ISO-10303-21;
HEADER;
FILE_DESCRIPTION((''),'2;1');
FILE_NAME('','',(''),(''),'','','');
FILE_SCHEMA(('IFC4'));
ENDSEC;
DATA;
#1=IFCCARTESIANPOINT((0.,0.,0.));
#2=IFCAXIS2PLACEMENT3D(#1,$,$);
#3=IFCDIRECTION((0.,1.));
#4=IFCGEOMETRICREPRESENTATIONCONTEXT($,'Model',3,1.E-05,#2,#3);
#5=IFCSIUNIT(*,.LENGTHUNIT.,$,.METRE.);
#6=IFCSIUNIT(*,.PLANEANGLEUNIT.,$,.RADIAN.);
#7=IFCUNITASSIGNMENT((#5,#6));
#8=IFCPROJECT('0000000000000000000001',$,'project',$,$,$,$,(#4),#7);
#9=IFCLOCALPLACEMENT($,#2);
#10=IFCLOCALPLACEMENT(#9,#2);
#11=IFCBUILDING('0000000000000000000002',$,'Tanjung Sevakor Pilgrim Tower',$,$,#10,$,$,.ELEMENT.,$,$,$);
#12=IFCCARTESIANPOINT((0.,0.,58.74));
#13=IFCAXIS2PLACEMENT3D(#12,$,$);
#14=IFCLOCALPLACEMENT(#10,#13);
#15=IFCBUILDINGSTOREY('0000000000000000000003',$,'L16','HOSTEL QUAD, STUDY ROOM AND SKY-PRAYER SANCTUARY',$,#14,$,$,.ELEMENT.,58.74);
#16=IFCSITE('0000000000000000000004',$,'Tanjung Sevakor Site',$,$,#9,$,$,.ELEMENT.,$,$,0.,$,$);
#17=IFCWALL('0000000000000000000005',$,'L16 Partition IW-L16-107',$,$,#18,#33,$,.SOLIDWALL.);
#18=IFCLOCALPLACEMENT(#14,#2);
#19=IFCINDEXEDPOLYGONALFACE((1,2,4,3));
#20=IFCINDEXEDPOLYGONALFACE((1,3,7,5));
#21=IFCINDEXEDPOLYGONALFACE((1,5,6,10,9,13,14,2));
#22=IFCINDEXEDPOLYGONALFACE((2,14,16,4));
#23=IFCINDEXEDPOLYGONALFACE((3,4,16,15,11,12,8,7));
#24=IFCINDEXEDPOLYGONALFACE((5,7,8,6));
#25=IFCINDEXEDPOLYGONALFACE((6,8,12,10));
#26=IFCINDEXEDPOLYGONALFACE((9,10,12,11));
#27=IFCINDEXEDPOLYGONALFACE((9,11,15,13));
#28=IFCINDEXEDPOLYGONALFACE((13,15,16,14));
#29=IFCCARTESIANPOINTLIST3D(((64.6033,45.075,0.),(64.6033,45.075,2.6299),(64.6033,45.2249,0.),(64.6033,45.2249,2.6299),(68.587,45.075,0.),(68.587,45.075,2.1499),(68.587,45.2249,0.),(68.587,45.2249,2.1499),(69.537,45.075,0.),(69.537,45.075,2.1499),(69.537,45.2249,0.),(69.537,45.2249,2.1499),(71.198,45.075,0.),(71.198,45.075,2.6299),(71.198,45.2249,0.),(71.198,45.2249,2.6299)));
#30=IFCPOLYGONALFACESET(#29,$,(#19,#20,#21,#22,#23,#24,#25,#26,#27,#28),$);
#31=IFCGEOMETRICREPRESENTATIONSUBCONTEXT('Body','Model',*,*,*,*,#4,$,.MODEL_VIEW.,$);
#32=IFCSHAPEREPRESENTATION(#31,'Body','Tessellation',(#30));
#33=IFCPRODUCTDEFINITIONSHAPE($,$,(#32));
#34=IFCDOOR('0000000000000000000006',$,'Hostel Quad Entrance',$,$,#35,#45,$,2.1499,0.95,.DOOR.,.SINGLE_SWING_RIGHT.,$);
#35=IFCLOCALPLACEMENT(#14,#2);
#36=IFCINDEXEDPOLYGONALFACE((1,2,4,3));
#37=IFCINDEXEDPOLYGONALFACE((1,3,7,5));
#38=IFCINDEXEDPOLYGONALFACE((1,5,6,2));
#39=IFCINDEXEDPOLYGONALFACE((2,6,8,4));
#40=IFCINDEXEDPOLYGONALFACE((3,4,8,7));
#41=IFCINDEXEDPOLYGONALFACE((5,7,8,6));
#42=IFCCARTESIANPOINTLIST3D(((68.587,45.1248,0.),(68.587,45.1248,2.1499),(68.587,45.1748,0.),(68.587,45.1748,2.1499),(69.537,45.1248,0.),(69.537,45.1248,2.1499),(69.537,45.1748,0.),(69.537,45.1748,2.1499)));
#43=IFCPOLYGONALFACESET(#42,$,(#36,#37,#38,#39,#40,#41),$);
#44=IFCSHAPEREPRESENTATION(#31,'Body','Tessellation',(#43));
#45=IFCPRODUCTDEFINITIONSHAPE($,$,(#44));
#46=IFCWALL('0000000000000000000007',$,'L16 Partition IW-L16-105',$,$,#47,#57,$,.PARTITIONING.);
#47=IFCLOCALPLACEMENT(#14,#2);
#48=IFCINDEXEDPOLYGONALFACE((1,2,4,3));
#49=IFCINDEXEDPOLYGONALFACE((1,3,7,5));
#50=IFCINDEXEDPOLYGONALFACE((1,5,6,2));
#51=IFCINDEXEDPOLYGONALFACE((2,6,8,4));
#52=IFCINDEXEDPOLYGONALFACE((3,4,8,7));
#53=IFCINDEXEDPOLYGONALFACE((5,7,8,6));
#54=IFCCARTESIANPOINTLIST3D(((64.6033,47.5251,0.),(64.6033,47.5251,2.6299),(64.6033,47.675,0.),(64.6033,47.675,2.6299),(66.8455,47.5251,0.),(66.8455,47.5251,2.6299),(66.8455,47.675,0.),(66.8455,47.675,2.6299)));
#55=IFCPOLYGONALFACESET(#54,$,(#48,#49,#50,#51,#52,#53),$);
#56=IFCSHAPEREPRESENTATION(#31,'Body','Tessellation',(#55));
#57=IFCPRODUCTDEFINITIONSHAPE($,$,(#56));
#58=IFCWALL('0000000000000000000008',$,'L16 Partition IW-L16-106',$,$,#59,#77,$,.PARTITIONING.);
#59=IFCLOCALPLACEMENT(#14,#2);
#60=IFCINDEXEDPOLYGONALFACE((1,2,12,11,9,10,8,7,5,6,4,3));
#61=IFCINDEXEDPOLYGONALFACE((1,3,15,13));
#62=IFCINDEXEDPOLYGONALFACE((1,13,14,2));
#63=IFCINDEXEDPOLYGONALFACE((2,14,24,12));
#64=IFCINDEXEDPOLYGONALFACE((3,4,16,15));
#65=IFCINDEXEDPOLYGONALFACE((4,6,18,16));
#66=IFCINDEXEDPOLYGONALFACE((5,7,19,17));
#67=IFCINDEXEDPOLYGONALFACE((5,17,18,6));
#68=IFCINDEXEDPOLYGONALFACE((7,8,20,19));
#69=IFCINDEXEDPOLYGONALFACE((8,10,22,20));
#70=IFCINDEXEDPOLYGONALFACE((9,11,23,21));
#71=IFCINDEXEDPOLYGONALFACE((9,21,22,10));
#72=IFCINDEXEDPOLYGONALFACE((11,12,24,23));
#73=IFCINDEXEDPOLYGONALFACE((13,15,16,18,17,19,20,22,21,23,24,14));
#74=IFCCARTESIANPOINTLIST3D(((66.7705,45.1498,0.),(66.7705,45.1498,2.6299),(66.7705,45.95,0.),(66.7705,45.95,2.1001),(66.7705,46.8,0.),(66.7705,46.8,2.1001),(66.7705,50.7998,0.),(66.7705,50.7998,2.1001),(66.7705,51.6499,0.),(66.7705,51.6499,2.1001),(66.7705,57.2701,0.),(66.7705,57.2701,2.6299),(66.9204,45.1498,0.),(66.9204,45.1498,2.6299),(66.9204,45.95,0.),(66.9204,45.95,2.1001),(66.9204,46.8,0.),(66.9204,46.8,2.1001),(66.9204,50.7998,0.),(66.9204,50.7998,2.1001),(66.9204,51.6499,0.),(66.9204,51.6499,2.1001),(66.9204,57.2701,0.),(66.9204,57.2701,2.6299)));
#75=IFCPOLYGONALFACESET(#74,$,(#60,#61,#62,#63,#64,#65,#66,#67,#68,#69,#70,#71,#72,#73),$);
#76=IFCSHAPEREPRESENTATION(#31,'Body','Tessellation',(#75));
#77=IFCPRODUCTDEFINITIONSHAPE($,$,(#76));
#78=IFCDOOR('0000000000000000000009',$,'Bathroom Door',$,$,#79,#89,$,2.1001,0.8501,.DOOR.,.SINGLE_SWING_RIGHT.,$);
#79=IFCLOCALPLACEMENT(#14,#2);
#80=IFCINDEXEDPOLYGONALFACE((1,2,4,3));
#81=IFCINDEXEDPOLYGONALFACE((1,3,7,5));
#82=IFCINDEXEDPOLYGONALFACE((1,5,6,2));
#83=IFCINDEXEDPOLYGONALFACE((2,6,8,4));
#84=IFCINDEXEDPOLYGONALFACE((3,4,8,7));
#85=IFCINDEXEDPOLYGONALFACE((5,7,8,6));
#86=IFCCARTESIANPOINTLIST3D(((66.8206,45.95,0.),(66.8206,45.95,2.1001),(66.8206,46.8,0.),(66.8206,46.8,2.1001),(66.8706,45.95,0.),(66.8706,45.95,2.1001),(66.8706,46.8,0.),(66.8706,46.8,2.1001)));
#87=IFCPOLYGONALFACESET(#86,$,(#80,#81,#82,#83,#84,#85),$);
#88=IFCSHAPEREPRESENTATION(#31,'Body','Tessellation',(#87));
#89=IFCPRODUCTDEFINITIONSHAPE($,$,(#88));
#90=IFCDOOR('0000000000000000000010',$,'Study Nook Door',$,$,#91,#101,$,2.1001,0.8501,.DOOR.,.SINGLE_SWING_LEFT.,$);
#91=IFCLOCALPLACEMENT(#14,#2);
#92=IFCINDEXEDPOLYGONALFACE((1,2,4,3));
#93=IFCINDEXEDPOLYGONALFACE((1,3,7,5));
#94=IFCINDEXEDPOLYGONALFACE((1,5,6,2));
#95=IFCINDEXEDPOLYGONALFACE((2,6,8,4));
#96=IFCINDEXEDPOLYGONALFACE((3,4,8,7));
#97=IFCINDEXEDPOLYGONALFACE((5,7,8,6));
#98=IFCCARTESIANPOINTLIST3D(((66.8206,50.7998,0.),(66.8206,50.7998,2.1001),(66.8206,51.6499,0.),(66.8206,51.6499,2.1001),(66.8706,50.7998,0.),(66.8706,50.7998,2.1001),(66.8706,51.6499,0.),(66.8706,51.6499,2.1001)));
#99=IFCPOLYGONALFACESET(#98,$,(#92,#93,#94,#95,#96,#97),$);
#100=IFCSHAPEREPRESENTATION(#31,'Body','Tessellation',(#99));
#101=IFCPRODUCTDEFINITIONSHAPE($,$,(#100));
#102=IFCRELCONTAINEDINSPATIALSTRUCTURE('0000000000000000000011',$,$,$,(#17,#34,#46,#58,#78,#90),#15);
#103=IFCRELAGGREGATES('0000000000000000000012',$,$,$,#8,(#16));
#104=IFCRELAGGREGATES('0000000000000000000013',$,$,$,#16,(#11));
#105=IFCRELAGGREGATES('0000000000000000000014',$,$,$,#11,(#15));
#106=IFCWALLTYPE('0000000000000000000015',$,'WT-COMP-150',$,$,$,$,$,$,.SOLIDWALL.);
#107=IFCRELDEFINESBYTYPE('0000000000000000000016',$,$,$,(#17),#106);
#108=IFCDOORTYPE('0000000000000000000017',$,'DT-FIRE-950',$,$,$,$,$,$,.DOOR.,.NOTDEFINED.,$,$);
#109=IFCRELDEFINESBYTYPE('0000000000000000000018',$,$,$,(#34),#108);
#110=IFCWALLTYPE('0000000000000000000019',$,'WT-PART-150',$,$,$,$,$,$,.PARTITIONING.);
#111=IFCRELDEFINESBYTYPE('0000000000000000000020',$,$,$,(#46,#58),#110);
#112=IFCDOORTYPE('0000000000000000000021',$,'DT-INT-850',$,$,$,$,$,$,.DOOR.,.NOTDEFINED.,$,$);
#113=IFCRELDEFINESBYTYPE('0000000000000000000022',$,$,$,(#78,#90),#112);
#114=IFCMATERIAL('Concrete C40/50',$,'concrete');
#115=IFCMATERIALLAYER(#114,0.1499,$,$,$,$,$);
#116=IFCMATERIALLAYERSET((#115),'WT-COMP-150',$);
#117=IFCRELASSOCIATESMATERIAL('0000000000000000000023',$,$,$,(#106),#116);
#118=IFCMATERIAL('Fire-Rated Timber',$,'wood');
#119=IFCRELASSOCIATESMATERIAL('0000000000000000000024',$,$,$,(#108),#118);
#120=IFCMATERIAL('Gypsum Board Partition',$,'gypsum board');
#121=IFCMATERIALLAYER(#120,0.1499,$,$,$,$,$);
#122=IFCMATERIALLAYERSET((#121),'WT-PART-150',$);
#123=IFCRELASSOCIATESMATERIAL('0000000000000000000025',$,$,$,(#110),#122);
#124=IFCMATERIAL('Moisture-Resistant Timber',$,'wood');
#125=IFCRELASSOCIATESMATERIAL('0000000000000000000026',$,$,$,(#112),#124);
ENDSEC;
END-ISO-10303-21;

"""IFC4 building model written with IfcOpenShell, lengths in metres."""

from ifc_helpers import new_model, si_unit, direction, frame, frame_2d, origin, place, context, subcontext, project, spatial, rectangle, extrude, material, layer, layer_set, type_object, element, fill, save


model = new_model("IFC4")

# Units and contexts
model_context = context("Model", 3, precision=1e-05, world=origin(), true_north=direction((0.0, 1.0)))
body_context = subcontext(model_context, "Body", "Model", "MODEL_VIEW")
ifc_project = project(units=[si_unit("LENGTHUNIT", "METRE"), si_unit("PLANEANGLEUNIT", "RADIAN")], contexts=[model_context])

# Site, building, storey
site_placement = place(None, origin())
site = spatial("IfcSite", under=ifc_project, at=site_placement, Name="Tanjung Sevakor Site", CompositionType="ELEMENT", RefElevation=0.0)
building_placement = place(site_placement, origin())
building = spatial("IfcBuilding", under=site, at=building_placement, Name="Tanjung Sevakor Pilgrim Tower", CompositionType="ELEMENT")
storey_placement = place(building_placement, frame((0.0, 0.0, 58.74)))
storey = spatial("IfcBuildingStorey", under=building, at=storey_placement, Name="L16", Description="HOSTEL QUAD, STUDY ROOM AND SKY-PRAYER SANCTUARY", CompositionType="ELEMENT", Elevation=58.74)

# Shared definitions
ifc_material_1 = material(Name="Concrete C40/50", Category="concrete")
ifc_layer_1 = layer(ifc_material_1, 0.1499)
ifc_layer_set_1 = layer_set([ifc_layer_1], Name="WT-COMP-150")
wall_type_1 = type_object("IfcWallType", Name="WT-COMP-150", PredefinedType="SOLIDWALL", material=ifc_layer_set_1)

# Wall, opening, door
wall_1_placement = place(storey_placement, frame((64.6033, 45.1499, 0.0), z_axis=(0.0, 0.0, 1.0), x_axis=(1.0, 0.0, 0.0)))
wall_1 = element("IfcWall", 1, at=wall_1_placement, inside=storey, type_object=wall_type_1, Name="L16 Partition IW-L16-107", PredefinedType="SOLIDWALL", context=body_context, shape_type="SweptSolid", body=[
    extrude(rectangle(XDim=6.5947, YDim=0.1499, at=frame_2d((3.2974, 0.0))), origin(), (0.0, 0.0, 1.0), 2.6299),
])
opening_1_placement = place(wall_1_placement, frame((3.9836, 0.0, 0.0)))
opening_1 = element("IfcOpeningElement", 2, at=opening_1_placement, cuts=wall_1, PredefinedType="OPENING", context=body_context, shape_type="SweptSolid", body=[
    extrude(rectangle(XDim=0.95, YDim=2.1499, at=frame_2d((0.4751, 1.075))), frame((0.0, 0.085, 0.0), z_axis=(0.0, -1.0, 0.0), x_axis=(1.0, 0.0, 0.0)), (0.0, 0.0, 1.0), 0.1699),
])
ifc_material_2 = material(Name="Fire-Rated Timber", Category="wood")
door_type_1 = type_object("IfcDoorType", Name="DT-FIRE-950", OperationType="NOTDEFINED", PredefinedType="DOOR", material=ifc_material_2)
door_1_placement = place(opening_1_placement, origin())
door_1 = element("IfcDoor", 3, at=door_1_placement, inside=storey, type_object=door_type_1, Name="Hostel Quad Entrance", OperationType="SINGLE_SWING_RIGHT", OverallHeight=2.1499, OverallWidth=0.95, PredefinedType="DOOR", context=body_context, shape_type="SweptSolid", body=[
    extrude(rectangle(XDim=0.95, YDim=2.1499, at=frame_2d((0.4751, 1.075))), frame((0.0, 0.0249, 0.0), z_axis=(0.0, -1.0, 0.0), x_axis=(1.0, 0.0, 0.0)), (0.0, 0.0, 1.0), 0.05),
])
fill(opening_1, door_1)

# Wall
ifc_material_3 = material(Name="Gypsum Board Partition", Category="gypsum board")
ifc_layer_2 = layer(ifc_material_3, 0.1499)
ifc_layer_set_2 = layer_set([ifc_layer_2], Name="WT-PART-150")
wall_type_2 = type_object("IfcWallType", Name="WT-PART-150", PredefinedType="PARTITIONING", material=ifc_layer_set_2)
wall_2_placement = place(storey_placement, frame((64.6033, 47.6001, 0.0), z_axis=(0.0, 0.0, 1.0), x_axis=(1.0, 0.0, 0.0)))
element("IfcWall", 4, at=wall_2_placement, inside=storey, type_object=wall_type_2, Name="L16 Partition IW-L16-105", PredefinedType="PARTITIONING", context=body_context, shape_type="SweptSolid", body=[
    extrude(rectangle(XDim=2.2422, YDim=0.1499, at=frame_2d((1.1211, 0.0))), origin(), (0.0, 0.0, 1.0), 2.6299),
])

# Wall, openings, doors
wall_3_placement = place(storey_placement, frame((66.8455, 45.1499, 0.0), z_axis=(0.0, 0.0, 1.0), x_axis=(0.0, 1.0, 0.0)))
wall_3 = element("IfcWall", 5, at=wall_3_placement, inside=storey, type_object=wall_type_2, Name="L16 Partition IW-L16-106", PredefinedType="PARTITIONING", context=body_context, shape_type="SweptSolid", body=[
    extrude(rectangle(XDim=12.1204, YDim=0.1499, at=frame_2d((6.0601, 0.0))), origin(), (0.0, 0.0, 1.0), 2.6299),
])
opening_2_placement = place(wall_3_placement, frame((0.8, 0.0, 0.0)))
opening_2 = element("IfcOpeningElement", 6, at=opening_2_placement, cuts=wall_3, PredefinedType="OPENING", context=body_context, shape_type="SweptSolid", body=[
    extrude(rectangle(XDim=0.8501, YDim=2.1001, at=frame_2d((0.425, 1.05))), frame((0.0, 0.085, 0.0), z_axis=(0.0, -1.0, 0.0), x_axis=(1.0, 0.0, 0.0)), (0.0, 0.0, 1.0), 0.1699),
])
opening_3_placement = place(wall_3_placement, frame((5.6499, 0.0, 0.0)))
opening_3 = element("IfcOpeningElement", 7, at=opening_3_placement, cuts=wall_3, PredefinedType="OPENING", context=body_context, shape_type="SweptSolid", body=[
    extrude(rectangle(XDim=0.8501, YDim=2.1001, at=frame_2d((0.425, 1.05))), frame((0.0, 0.085, 0.0), z_axis=(0.0, -1.0, 0.0), x_axis=(1.0, 0.0, 0.0)), (0.0, 0.0, 1.0), 0.1699),
])
ifc_material_4 = material(Name="Moisture-Resistant Timber", Category="wood")
door_type_2 = type_object("IfcDoorType", Name="DT-INT-850", OperationType="NOTDEFINED", PredefinedType="DOOR", material=ifc_material_4)
door_2_placement = place(opening_2_placement, origin())
door_2 = element("IfcDoor", 8, at=door_2_placement, inside=storey, type_object=door_type_2, Name="Bathroom Door", OperationType="SINGLE_SWING_RIGHT", OverallHeight=2.1001, OverallWidth=0.8501, PredefinedType="DOOR", context=body_context, shape_type="SweptSolid", body=[
    extrude(rectangle(XDim=0.8501, YDim=2.1001, at=frame_2d((0.425, 1.05))), frame((0.0, 0.0249, 0.0), z_axis=(0.0, -1.0, 0.0), x_axis=(1.0, 0.0, 0.0)), (0.0, 0.0, 1.0), 0.05),
])
fill(opening_2, door_2)
door_3_placement = place(opening_3_placement, origin())
door_3 = element("IfcDoor", 9, at=door_3_placement, inside=storey, type_object=door_type_2, Name="Study Nook Door", OperationType="SINGLE_SWING_LEFT", OverallHeight=2.1001, OverallWidth=0.8501, PredefinedType="DOOR", context=body_context, shape_type="SweptSolid", body=[
    extrude(rectangle(XDim=0.8501, YDim=2.1001, at=frame_2d((0.425, 1.05))), frame((0.0, 0.0249, 0.0), z_axis=(0.0, -1.0, 0.0), x_axis=(1.0, 0.0, 0.0)), (0.0, 0.0, 1.0), 0.05),
])
fill(opening_3, door_3)

save(model, "model.ifc")
